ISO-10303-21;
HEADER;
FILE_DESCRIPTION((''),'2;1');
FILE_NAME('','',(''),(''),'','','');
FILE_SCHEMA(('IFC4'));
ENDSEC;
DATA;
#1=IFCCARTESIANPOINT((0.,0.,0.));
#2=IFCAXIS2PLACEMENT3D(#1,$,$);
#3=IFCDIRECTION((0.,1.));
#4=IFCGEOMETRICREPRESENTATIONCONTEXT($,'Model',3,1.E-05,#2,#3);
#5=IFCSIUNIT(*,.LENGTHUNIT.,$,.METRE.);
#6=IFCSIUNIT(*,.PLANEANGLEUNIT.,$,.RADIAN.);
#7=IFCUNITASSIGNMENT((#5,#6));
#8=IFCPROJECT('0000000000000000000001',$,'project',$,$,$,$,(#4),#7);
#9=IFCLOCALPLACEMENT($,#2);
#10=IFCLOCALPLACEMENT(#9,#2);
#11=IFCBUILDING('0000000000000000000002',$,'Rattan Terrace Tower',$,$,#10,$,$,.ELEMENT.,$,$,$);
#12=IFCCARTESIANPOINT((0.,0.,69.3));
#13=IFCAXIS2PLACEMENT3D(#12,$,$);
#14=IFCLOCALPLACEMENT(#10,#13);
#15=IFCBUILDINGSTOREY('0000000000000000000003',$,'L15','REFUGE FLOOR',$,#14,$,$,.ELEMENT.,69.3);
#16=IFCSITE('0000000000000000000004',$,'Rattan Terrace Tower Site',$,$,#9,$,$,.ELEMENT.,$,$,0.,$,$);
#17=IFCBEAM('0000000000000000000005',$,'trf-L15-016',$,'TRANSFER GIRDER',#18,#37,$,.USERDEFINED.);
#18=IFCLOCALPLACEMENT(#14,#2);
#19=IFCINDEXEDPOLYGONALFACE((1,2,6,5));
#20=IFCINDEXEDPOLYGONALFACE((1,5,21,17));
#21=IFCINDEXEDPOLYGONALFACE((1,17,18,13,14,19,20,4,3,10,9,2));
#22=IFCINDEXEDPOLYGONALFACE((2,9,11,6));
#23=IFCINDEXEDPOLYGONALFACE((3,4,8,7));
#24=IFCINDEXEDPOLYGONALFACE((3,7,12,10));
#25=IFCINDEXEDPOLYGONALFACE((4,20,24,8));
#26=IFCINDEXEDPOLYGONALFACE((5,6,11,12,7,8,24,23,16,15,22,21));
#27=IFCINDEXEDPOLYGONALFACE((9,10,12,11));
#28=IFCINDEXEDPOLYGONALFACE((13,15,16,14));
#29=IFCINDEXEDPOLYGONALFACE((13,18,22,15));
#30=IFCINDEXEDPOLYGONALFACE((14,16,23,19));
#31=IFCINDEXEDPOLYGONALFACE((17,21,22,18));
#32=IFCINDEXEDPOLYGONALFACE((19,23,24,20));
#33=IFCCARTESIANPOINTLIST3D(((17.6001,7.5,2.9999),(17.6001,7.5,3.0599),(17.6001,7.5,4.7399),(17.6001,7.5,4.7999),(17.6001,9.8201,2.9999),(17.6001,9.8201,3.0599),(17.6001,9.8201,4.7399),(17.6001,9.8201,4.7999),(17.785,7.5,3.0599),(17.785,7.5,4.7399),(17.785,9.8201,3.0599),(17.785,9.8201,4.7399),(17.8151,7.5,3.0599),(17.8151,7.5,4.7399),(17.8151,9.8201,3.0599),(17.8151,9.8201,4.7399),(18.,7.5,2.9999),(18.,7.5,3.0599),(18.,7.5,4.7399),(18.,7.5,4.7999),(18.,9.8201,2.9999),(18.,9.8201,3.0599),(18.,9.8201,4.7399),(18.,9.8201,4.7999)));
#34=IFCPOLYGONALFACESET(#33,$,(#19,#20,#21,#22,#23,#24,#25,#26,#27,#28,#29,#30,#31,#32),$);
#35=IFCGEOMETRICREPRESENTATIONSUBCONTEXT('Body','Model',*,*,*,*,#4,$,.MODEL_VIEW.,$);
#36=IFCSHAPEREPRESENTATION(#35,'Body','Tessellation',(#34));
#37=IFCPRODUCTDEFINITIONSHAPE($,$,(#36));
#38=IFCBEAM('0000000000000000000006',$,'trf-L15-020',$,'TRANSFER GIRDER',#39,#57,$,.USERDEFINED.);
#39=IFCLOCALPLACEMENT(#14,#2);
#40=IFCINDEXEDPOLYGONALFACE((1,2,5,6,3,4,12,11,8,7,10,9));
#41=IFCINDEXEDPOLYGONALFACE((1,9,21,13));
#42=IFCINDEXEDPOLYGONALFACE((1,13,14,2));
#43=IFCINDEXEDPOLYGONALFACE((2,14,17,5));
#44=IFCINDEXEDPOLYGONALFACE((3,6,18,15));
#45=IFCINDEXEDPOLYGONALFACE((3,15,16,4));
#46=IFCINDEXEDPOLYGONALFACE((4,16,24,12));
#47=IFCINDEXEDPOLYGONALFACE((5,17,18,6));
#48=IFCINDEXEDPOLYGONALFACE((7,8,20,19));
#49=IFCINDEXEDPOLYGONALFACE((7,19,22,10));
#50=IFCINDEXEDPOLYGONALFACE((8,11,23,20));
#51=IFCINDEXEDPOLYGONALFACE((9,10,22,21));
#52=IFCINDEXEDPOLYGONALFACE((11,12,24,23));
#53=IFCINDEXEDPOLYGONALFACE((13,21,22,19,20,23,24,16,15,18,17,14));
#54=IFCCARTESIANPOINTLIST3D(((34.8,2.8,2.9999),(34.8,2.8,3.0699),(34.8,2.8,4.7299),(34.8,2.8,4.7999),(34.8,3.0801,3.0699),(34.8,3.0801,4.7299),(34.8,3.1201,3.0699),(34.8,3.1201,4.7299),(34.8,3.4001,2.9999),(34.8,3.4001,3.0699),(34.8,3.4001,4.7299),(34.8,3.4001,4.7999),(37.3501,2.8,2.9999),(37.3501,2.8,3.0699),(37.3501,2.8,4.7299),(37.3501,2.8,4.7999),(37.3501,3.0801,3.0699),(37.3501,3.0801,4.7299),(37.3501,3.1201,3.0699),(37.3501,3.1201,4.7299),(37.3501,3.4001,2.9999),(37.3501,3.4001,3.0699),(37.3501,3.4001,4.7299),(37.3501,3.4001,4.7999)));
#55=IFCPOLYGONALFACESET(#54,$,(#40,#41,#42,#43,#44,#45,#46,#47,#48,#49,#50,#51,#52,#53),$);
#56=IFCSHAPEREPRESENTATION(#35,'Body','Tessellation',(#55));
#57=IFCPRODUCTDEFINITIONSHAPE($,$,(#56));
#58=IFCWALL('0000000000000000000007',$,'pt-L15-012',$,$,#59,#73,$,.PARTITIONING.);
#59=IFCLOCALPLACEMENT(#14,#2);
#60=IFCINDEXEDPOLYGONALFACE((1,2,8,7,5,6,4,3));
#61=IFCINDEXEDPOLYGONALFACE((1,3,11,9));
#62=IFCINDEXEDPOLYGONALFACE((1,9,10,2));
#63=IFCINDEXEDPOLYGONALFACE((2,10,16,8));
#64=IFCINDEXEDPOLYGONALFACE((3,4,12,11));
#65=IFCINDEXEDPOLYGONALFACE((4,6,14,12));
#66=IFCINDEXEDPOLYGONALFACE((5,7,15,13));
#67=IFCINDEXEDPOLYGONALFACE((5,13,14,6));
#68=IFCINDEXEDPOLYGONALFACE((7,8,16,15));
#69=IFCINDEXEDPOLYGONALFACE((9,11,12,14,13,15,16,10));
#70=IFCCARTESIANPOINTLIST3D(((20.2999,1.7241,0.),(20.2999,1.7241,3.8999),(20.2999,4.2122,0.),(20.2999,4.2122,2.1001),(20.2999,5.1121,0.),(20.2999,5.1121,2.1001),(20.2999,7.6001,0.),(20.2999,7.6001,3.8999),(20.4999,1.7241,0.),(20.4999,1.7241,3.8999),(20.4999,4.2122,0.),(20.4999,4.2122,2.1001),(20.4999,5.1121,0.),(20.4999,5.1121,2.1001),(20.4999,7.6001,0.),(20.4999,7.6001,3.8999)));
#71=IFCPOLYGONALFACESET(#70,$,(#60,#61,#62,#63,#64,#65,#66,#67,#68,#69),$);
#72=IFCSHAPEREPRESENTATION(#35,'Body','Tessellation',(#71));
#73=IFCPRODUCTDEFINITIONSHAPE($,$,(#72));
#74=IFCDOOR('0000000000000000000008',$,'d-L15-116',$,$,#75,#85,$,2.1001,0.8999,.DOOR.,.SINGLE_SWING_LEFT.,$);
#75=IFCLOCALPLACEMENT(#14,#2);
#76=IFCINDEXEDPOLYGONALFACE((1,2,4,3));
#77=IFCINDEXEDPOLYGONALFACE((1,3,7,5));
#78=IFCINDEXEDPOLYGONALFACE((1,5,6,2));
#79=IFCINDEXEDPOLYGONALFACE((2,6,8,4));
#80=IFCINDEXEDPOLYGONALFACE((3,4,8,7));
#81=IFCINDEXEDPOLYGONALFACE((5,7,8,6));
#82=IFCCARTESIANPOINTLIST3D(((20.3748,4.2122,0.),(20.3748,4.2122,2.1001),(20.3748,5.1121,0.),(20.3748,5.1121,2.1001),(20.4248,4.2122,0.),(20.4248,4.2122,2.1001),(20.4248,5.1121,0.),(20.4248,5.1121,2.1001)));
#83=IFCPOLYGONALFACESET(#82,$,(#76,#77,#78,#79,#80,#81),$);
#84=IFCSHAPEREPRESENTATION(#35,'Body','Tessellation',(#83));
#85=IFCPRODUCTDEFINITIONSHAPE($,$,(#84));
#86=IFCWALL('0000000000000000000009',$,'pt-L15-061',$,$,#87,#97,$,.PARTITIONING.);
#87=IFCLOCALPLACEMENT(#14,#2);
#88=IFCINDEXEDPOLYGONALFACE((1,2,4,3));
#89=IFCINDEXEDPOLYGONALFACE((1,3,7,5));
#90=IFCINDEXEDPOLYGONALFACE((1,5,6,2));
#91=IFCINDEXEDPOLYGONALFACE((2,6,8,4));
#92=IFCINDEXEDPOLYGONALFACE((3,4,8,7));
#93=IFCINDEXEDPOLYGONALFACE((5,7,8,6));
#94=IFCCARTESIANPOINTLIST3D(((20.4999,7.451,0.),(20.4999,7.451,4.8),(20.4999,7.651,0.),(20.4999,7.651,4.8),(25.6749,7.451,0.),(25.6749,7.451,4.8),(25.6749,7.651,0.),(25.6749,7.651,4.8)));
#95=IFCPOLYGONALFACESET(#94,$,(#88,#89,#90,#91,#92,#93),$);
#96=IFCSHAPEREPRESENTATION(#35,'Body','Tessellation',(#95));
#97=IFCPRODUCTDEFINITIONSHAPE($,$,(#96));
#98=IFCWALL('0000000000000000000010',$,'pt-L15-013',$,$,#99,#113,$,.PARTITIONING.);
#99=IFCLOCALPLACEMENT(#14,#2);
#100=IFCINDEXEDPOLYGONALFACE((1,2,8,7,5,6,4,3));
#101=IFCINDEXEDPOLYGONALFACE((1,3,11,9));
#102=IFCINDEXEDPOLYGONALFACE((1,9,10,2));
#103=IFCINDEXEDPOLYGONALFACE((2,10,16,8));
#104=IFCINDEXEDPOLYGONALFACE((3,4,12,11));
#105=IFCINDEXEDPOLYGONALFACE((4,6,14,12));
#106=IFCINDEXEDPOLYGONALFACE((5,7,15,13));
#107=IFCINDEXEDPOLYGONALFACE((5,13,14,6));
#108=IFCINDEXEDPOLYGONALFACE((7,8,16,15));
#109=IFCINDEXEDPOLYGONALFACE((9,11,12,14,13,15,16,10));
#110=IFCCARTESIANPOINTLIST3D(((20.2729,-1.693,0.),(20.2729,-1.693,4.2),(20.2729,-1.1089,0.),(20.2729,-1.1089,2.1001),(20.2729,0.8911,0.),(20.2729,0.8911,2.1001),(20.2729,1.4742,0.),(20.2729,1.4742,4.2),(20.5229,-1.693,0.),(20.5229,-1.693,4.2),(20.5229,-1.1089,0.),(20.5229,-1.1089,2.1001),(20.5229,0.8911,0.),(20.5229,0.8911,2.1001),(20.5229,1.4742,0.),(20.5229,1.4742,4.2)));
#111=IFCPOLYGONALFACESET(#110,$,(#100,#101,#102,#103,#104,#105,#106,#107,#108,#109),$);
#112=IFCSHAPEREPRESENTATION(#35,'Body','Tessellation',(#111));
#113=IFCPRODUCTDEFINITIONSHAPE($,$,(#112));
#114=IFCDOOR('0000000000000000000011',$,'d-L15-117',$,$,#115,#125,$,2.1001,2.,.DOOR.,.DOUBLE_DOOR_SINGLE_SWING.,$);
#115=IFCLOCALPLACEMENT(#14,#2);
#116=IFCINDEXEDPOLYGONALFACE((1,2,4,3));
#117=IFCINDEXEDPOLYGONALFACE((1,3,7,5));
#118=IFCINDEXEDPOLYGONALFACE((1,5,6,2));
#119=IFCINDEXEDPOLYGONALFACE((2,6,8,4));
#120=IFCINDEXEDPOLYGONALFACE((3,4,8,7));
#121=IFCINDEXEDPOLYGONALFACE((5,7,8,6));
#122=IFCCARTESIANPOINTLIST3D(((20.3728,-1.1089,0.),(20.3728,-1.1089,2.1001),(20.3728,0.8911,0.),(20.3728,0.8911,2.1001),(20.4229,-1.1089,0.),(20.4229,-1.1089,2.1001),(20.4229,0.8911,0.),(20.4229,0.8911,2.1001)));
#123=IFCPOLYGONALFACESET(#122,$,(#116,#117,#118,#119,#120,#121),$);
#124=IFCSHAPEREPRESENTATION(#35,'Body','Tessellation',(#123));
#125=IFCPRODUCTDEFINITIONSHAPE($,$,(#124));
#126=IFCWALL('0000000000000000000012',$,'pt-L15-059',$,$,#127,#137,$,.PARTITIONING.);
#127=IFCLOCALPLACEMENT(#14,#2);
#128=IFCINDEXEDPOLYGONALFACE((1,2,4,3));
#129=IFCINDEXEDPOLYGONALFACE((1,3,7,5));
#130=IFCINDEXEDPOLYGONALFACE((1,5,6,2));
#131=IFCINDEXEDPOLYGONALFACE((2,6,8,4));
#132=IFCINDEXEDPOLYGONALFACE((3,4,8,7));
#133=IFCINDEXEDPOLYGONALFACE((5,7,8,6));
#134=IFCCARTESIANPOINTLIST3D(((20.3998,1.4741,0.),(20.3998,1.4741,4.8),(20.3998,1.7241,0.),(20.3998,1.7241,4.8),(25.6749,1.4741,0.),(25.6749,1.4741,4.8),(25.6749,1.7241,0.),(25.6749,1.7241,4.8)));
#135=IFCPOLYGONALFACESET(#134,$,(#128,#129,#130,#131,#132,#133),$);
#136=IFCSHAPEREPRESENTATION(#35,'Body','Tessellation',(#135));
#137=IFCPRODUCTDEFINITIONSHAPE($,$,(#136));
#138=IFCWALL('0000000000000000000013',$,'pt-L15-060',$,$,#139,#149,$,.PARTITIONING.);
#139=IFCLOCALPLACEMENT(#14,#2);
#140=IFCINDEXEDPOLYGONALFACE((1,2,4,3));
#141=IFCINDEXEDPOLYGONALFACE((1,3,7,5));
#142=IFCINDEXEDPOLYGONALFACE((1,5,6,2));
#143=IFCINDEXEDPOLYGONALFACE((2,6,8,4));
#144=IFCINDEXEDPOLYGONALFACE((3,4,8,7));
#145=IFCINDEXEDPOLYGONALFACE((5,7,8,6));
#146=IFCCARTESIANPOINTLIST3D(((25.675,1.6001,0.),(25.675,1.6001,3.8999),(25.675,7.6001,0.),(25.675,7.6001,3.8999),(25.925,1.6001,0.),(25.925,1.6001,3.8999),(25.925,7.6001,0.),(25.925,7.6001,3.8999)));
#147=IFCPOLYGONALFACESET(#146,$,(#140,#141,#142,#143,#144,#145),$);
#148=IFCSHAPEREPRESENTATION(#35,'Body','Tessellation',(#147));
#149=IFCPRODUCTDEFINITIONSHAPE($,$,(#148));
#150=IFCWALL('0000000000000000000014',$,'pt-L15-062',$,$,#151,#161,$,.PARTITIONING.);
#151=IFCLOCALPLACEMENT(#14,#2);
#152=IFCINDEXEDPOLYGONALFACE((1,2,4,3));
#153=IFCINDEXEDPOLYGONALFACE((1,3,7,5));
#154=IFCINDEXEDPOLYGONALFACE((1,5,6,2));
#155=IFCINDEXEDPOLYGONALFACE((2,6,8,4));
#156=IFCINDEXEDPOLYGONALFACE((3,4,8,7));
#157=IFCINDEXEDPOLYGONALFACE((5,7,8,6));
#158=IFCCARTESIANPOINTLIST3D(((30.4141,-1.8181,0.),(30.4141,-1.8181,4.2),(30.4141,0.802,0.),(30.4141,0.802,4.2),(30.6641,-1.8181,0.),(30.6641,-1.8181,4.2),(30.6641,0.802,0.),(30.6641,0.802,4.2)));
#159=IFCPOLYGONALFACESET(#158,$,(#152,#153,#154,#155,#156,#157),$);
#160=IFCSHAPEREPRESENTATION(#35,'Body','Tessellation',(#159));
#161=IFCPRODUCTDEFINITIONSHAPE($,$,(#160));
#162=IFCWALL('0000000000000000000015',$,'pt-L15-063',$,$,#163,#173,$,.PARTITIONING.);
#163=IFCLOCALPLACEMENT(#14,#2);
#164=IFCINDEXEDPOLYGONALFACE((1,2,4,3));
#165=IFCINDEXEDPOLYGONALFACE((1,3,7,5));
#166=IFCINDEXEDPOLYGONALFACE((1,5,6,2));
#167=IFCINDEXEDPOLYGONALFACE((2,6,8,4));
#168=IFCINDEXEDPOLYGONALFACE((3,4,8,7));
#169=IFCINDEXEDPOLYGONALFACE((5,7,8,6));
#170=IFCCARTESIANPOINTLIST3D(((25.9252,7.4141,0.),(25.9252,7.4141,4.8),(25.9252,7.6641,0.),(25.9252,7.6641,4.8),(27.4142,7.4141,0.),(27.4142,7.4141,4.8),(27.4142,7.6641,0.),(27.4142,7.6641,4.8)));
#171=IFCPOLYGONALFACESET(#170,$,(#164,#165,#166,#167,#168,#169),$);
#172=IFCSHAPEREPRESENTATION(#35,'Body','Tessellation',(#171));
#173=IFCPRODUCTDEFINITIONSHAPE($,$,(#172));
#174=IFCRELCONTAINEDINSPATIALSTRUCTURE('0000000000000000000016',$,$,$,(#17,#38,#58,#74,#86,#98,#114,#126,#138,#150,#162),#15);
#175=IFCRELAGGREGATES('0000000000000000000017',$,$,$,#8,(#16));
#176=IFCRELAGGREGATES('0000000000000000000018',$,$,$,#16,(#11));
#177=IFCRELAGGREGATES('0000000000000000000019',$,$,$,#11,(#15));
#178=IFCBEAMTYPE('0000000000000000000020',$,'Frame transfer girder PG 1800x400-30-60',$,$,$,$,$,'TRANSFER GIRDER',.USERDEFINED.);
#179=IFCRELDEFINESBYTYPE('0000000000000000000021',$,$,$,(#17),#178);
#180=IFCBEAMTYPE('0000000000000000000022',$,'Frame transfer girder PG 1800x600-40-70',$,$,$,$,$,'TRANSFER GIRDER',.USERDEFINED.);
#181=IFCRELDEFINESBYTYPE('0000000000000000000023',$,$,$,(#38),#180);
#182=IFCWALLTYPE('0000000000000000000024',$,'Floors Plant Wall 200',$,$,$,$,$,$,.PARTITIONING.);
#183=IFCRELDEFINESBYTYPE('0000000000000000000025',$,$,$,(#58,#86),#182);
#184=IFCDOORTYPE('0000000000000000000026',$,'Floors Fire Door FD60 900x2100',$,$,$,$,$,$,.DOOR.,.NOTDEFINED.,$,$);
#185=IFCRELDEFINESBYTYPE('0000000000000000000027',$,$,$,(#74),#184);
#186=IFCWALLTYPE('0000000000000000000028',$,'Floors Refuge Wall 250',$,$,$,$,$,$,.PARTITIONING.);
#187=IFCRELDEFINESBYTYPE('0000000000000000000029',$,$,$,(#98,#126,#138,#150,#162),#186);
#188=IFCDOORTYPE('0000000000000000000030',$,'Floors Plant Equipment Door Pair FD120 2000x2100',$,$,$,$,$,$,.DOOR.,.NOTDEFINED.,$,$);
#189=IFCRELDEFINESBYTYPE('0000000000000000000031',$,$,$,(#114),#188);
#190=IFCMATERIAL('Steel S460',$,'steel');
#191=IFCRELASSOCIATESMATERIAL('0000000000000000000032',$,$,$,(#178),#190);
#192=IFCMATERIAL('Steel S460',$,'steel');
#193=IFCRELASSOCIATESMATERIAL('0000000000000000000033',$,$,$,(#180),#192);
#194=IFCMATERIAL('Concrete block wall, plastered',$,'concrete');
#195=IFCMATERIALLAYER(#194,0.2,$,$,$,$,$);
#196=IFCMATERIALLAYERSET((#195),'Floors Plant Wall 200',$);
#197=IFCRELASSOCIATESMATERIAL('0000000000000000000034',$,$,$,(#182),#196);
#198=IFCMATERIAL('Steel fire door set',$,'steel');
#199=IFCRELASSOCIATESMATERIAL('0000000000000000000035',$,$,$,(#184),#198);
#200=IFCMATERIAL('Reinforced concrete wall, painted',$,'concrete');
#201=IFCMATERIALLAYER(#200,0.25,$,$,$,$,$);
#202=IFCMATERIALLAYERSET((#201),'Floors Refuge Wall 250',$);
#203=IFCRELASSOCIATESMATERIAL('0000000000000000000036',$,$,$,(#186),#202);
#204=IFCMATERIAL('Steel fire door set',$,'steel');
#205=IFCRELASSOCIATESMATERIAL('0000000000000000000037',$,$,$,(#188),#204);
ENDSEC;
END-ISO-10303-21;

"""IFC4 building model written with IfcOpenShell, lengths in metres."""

from ifc_helpers import new_model, si_unit, direction, frame, frame_2d, origin, origin_2d, place, context, subcontext, project, spatial, rectangle, i_section, extrude, material, layer, layer_set, material_profile, profile_set, type_object, element, fill, save


model = new_model("IFC4")

# Units and contexts
model_context = context("Model", 3, precision=1e-05, world=origin(), true_north=direction((0.0, 1.0)))
body_context = subcontext(model_context, "Body", "Model", "MODEL_VIEW")
ifc_project = project(units=[si_unit("LENGTHUNIT", "METRE"), si_unit("PLANEANGLEUNIT", "RADIAN")], contexts=[model_context])

# Site, building, storey
site_placement = place(None, origin())
site = spatial("IfcSite", under=ifc_project, at=site_placement, Name="Rattan Terrace Tower Site", CompositionType="ELEMENT", RefElevation=0.0)
building_placement = place(site_placement, origin())
building = spatial("IfcBuilding", under=site, at=building_placement, Name="Rattan Terrace Tower", CompositionType="ELEMENT")
storey_placement = place(building_placement, frame((0.0, 0.0, 69.3)))
storey = spatial("IfcBuildingStorey", under=building, at=storey_placement, Name="L15", Description="REFUGE FLOOR", CompositionType="ELEMENT", Elevation=69.3)

# Beams
ifc_material_1 = material(Name="Steel S460", Category="steel")
ifc_material_profile_1 = material_profile(ifc_material_1, i_section(OverallWidth=0.3999, OverallDepth=1.8, WebThickness=0.03, FlangeThickness=0.0601, at=origin_2d()), Name="PG 1800x400-30-60")
ifc_profile_set_1 = profile_set([ifc_material_profile_1], Name="Steel S460")
beam_type_1 = type_object("IfcBeamType", Name="Frame transfer girder PG 1800x400-30-60", ElementType="TRANSFER GIRDER", PredefinedType="USERDEFINED", material=ifc_profile_set_1)
beam_1_placement = place(storey_placement, frame((17.8, 7.5, 3.8999), z_axis=(0.0, 1.0, 0.0), x_axis=(-1.0, 0.0, 0.0)))
element("IfcBeam", 1, at=beam_1_placement, inside=storey, type_object=beam_type_1, Name="trf-L15-016", ObjectType="TRANSFER GIRDER", PredefinedType="USERDEFINED", context=body_context, shape_type="SweptSolid", body=[
    extrude(i_section(OverallWidth=0.3999, OverallDepth=1.8, WebThickness=0.03, FlangeThickness=0.0601, at=origin_2d()), origin(), (0.0, 0.0, 1.0), 2.3201),
])
ifc_material_2 = material(Name="Steel S460", Category="steel")
ifc_material_profile_2 = material_profile(ifc_material_2, i_section(OverallWidth=0.6001, OverallDepth=1.8, WebThickness=0.04, FlangeThickness=0.0701, at=origin_2d()), Name="PG 1800x600-40-70")
ifc_profile_set_2 = profile_set([ifc_material_profile_2], Name="Steel S460")
beam_type_2 = type_object("IfcBeamType", Name="Frame transfer girder PG 1800x600-40-70", ElementType="TRANSFER GIRDER", PredefinedType="USERDEFINED", material=ifc_profile_set_2)
beam_2_placement = place(storey_placement, frame((34.8, 3.1001, 3.8999), z_axis=(1.0, 0.0, 0.0), x_axis=(0.0, 1.0, 0.0)))
element("IfcBeam", 2, at=beam_2_placement, inside=storey, type_object=beam_type_2, Name="trf-L15-020", ObjectType="TRANSFER GIRDER", PredefinedType="USERDEFINED", context=body_context, shape_type="SweptSolid", body=[
    extrude(i_section(OverallWidth=0.6001, OverallDepth=1.8, WebThickness=0.04, FlangeThickness=0.0701, at=origin_2d()), origin(), (0.0, 0.0, 1.0), 2.55),
])

# Wall, opening, door
ifc_material_3 = material(Name="Concrete block wall, plastered", Category="concrete")
ifc_layer_1 = layer(ifc_material_3, 0.2)
ifc_layer_set_1 = layer_set([ifc_layer_1], Name="Floors Plant Wall 200")
wall_type_1 = type_object("IfcWallType", Name="Floors Plant Wall 200", PredefinedType="PARTITIONING", material=ifc_layer_set_1)
wall_1_placement = place(storey_placement, frame((20.3999, 7.6001, 0.0), z_axis=(0.0, 0.0, 1.0), x_axis=(0.0, -1.0, 0.0)))
wall_1 = element("IfcWall", 3, at=wall_1_placement, inside=storey, type_object=wall_type_1, Name="pt-L15-012", PredefinedType="PARTITIONING", context=body_context, shape_type="SweptSolid", body=[
    extrude(rectangle(XDim=5.876, YDim=0.2, at=frame_2d((2.938, 0.0))), origin(), (0.0, 0.0, 1.0), 3.8999),
])
opening_1_placement = place(wall_1_placement, frame((2.488, 0.0, 0.0)))
opening_1 = element("IfcOpeningElement", 4, at=opening_1_placement, cuts=wall_1, PredefinedType="OPENING", context=body_context, shape_type="SweptSolid", body=[
    extrude(rectangle(XDim=0.8999, YDim=2.1001, at=frame_2d((0.45, 1.05))), frame((0.0, 0.1106, 0.0), z_axis=(0.0, -1.0, 0.0), x_axis=(1.0, 0.0, 0.0)), (0.0, 0.0, 1.0), 0.2209),
])
ifc_material_4 = material(Name="Steel fire door set", Category="steel")
door_type_1 = type_object("IfcDoorType", Name="Floors Fire Door FD60 900x2100", OperationType="NOTDEFINED", PredefinedType="DOOR", material=ifc_material_4)
door_1_placement = place(opening_1_placement, origin())
door_1 = element("IfcDoor", 5, at=door_1_placement, inside=storey, type_object=door_type_1, Name="d-L15-116", OperationType="SINGLE_SWING_LEFT", OverallHeight=2.1001, OverallWidth=0.8999, PredefinedType="DOOR", context=body_context, shape_type="SweptSolid", body=[
    extrude(rectangle(XDim=0.8999, YDim=2.1001, at=frame_2d((0.45, 1.05))), frame((0.0, 0.0249, 0.0), z_axis=(0.0, -1.0, 0.0), x_axis=(1.0, 0.0, 0.0)), (0.0, 0.0, 1.0), 0.05),
])
fill(opening_1, door_1)

# Wall
wall_2_placement = place(storey_placement, frame((20.5, 7.551, 0.0), z_axis=(0.0, 0.0, 1.0), x_axis=(1.0, 0.0, 0.0)))
element("IfcWall", 6, at=wall_2_placement, inside=storey, type_object=wall_type_1, Name="pt-L15-061", PredefinedType="PARTITIONING", context=body_context, shape_type="SweptSolid", body=[
    extrude(rectangle(XDim=5.175, YDim=0.2, at=frame_2d((2.5874, 0.0))), origin(), (0.0, 0.0, 1.0), 4.8),
])

# Wall, opening, door
ifc_material_5 = material(Name="Reinforced concrete wall, painted", Category="concrete")
ifc_layer_2 = layer(ifc_material_5, 0.25)
ifc_layer_set_2 = layer_set([ifc_layer_2], Name="Floors Refuge Wall 250")
wall_type_2 = type_object("IfcWallType", Name="Floors Refuge Wall 250", PredefinedType="PARTITIONING", material=ifc_layer_set_2)
wall_3_placement = place(storey_placement, frame((20.3979, 1.4741, 0.0), z_axis=(0.0, 0.0, 1.0), x_axis=(0.0, -1.0, 0.0)))
wall_3 = element("IfcWall", 7, at=wall_3_placement, inside=storey, type_object=wall_type_2, Name="pt-L15-013", PredefinedType="PARTITIONING", context=body_context, shape_type="SweptSolid", body=[
    extrude(rectangle(XDim=3.1672, YDim=0.25, at=frame_2d((1.5835, 0.0))), origin(), (0.0, 0.0, 1.0), 4.2),
])
opening_2_placement = place(wall_3_placement, frame((0.583, 0.0, 0.0)))
opening_2 = element("IfcOpeningElement", 8, at=opening_2_placement, cuts=wall_3, PredefinedType="OPENING", context=body_context, shape_type="SweptSolid", body=[
    extrude(rectangle(XDim=2.0, YDim=2.1001, at=frame_2d((1.0, 1.05))), frame((0.0, 0.1355, 0.0), z_axis=(0.0, -1.0, 0.0), x_axis=(1.0, 0.0, 0.0)), (0.0, 0.0, 1.0), 0.271),
])
ifc_material_6 = material(Name="Steel fire door set", Category="steel")
door_type_2 = type_object("IfcDoorType", Name="Floors Plant Equipment Door Pair FD120 2000x2100", OperationType="NOTDEFINED", PredefinedType="DOOR", material=ifc_material_6)
door_2_placement = place(opening_2_placement, origin())
door_2 = element("IfcDoor", 9, at=door_2_placement, inside=storey, type_object=door_type_2, Name="d-L15-117", OperationType="DOUBLE_DOOR_SINGLE_SWING", OverallHeight=2.1001, OverallWidth=2.0, PredefinedType="DOOR", context=body_context, shape_type="SweptSolid", body=[
    extrude(rectangle(XDim=2.0, YDim=2.1001, at=frame_2d((1.0, 1.05))), frame((0.0, 0.0249, 0.0), z_axis=(0.0, -1.0, 0.0), x_axis=(1.0, 0.0, 0.0)), (0.0, 0.0, 1.0), 0.05),
])
fill(opening_2, door_2)

# Walls
wall_4_placement = place(storey_placement, frame((25.675, 1.5991, 0.0), z_axis=(0.0, 0.0, 1.0), x_axis=(-1.0, 0.0, 0.0)))
element("IfcWall", 10, at=wall_4_placement, inside=storey, type_object=wall_type_2, Name="pt-L15-059", PredefinedType="PARTITIONING", context=body_context, shape_type="SweptSolid", body=[
    extrude(rectangle(XDim=5.2751, YDim=0.25, at=frame_2d((2.6377, 0.0))), origin(), (0.0, 0.0, 1.0), 4.8),
])
wall_5_placement = place(storey_placement, frame((25.8, 7.6001, 0.0), z_axis=(0.0, 0.0, 1.0), x_axis=(0.0, -1.0, 0.0)))
element("IfcWall", 11, at=wall_5_placement, inside=storey, type_object=wall_type_2, Name="pt-L15-060", PredefinedType="PARTITIONING", context=body_context, shape_type="SweptSolid", body=[
    extrude(rectangle(XDim=6.0, YDim=0.25, at=frame_2d((3.0, 0.0))), origin(), (0.0, 0.0, 1.0), 3.8999),
])
wall_6_placement = place(storey_placement, frame((30.5391, 0.802, 0.0), z_axis=(0.0, 0.0, 1.0), x_axis=(0.0, -1.0, 0.0)))
element("IfcWall", 12, at=wall_6_placement, inside=storey, type_object=wall_type_2, Name="pt-L15-062", PredefinedType="PARTITIONING", context=body_context, shape_type="SweptSolid", body=[
    extrude(rectangle(XDim=2.6201, YDim=0.25, at=frame_2d((1.3101, 0.0))), origin(), (0.0, 0.0, 1.0), 4.2),
])
wall_7_placement = place(storey_placement, frame((25.925, 7.5391, 0.0), z_axis=(0.0, 0.0, 1.0), x_axis=(1.0, 0.0, 0.0)))
element("IfcWall", 13, at=wall_7_placement, inside=storey, type_object=wall_type_2, Name="pt-L15-063", PredefinedType="PARTITIONING", context=body_context, shape_type="SweptSolid", body=[
    extrude(rectangle(XDim=1.489, YDim=0.25, at=frame_2d((0.7446, 0.0))), origin(), (0.0, 0.0, 1.0), 4.8),
])

save(model, "model.ifc")
